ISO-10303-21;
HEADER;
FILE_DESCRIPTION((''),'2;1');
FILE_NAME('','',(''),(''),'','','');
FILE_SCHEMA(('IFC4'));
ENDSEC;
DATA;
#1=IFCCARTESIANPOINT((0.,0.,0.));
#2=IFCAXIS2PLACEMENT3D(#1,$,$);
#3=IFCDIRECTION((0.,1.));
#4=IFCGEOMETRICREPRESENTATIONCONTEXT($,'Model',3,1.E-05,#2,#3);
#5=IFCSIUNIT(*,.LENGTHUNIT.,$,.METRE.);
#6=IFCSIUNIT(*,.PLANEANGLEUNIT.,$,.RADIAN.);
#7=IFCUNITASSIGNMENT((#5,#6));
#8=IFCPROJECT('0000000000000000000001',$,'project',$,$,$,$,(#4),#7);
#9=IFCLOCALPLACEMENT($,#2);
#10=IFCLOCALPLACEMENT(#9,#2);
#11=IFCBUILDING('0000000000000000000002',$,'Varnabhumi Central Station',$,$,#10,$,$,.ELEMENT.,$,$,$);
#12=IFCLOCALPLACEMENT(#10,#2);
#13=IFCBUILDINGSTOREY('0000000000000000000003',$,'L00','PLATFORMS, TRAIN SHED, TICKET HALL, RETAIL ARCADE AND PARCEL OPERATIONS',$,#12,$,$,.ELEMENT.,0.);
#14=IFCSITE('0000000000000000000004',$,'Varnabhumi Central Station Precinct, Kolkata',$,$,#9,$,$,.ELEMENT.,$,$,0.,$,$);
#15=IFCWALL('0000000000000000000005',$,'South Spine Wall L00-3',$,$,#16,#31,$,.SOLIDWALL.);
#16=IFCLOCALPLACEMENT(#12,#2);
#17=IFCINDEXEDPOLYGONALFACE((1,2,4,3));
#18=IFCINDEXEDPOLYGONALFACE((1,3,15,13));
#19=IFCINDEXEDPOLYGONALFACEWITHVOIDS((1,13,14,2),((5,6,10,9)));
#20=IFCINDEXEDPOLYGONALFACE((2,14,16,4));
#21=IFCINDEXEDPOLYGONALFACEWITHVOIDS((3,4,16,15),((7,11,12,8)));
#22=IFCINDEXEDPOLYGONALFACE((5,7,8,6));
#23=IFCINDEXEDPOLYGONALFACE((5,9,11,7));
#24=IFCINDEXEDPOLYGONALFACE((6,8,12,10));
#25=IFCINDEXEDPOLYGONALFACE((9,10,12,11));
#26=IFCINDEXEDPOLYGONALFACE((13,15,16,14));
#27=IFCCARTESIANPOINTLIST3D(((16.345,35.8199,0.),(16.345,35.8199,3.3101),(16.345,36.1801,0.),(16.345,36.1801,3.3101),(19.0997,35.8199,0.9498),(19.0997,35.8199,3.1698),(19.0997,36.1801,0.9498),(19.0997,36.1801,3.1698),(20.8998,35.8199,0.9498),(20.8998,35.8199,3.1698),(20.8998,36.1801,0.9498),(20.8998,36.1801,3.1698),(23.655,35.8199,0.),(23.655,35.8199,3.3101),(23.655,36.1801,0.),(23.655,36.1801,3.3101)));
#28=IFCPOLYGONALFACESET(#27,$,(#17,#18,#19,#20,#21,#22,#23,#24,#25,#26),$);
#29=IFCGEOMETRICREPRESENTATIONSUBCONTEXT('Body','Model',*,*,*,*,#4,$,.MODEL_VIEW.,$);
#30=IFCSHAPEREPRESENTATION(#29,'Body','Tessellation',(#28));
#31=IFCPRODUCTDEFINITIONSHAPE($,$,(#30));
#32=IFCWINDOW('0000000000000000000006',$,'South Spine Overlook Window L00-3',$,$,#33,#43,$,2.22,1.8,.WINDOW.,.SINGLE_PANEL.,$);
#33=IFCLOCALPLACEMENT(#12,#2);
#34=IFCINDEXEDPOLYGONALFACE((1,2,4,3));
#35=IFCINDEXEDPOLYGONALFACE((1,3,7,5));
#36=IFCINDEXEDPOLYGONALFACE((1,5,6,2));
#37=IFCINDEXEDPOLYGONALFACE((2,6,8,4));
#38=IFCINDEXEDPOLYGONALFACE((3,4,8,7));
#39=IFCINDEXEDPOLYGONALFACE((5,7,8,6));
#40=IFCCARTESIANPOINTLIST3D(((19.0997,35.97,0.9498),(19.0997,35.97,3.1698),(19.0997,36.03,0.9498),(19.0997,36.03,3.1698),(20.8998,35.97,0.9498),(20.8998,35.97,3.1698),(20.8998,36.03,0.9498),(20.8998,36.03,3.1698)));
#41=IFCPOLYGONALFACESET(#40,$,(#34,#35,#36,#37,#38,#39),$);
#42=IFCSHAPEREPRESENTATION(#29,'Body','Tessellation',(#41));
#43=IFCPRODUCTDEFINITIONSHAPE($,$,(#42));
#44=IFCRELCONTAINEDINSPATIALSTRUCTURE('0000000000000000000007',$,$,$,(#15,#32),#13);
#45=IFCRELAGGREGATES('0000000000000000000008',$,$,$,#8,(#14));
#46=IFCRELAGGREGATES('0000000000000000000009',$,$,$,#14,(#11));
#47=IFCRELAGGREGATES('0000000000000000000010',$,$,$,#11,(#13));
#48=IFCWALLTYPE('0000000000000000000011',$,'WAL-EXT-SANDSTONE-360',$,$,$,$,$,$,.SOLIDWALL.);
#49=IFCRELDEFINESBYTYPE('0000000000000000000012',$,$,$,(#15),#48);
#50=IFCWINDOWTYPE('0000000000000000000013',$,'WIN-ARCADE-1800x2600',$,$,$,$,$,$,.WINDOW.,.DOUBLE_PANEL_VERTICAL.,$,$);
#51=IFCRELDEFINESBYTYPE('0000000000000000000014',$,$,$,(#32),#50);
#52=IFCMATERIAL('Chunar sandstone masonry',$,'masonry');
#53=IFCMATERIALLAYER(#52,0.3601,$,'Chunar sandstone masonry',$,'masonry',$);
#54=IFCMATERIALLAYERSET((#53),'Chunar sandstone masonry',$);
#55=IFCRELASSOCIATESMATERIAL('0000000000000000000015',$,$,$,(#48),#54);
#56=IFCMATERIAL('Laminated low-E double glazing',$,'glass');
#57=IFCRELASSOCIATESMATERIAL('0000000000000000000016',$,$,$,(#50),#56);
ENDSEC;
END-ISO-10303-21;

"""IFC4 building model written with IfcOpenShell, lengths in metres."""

from ifc_helpers import new_model, si_unit, direction, frame, frame_2d, origin, place, context, subcontext, project, spatial, rectangle, extrude, material, layer, layer_set, type_object, element, fill, save


model = new_model("IFC4")

# Units and contexts
model_context = context("Model", 3, precision=1e-05, world=origin(), true_north=direction((0.0, 1.0)))
body_context = subcontext(model_context, "Body", "Model", "MODEL_VIEW")
ifc_project = project(units=[si_unit("LENGTHUNIT", "METRE"), si_unit("PLANEANGLEUNIT", "RADIAN")], contexts=[model_context])

# Site, building, storey
site_placement = place(None, origin())
site = spatial("IfcSite", under=ifc_project, at=site_placement, Name="Varnabhumi Central Station Precinct, Kolkata", CompositionType="ELEMENT", RefElevation=0.0)
building_placement = place(site_placement, origin())
building = spatial("IfcBuilding", under=site, at=building_placement, Name="Varnabhumi Central Station", CompositionType="ELEMENT")
storey_placement = place(building_placement, origin())
storey = spatial("IfcBuildingStorey", under=building, at=storey_placement, Name="L00", Description="PLATFORMS, TRAIN SHED, TICKET HALL, RETAIL ARCADE AND PARCEL OPERATIONS", CompositionType="ELEMENT", Elevation=0.0)

# Shared definitions
ifc_material_1 = material(Name="Laminated low-E double glazing", Category="glass")

# Wall, opening, window
ifc_material_2 = material(Name="Chunar sandstone masonry", Category="masonry")
ifc_layer_1 = layer(ifc_material_2, 0.3601, Name="Chunar sandstone masonry", Category="masonry")
ifc_layer_set_1 = layer_set([ifc_layer_1], Name="Chunar sandstone masonry")
wall_type = type_object("IfcWallType", Name="WAL-EXT-SANDSTONE-360", PredefinedType="SOLIDWALL", material=ifc_layer_set_1)
wall_placement = place(storey_placement, frame((16.345, 36.0, 0.0), z_axis=(0.0, 0.0, 1.0), x_axis=(1.0, 0.0, 0.0)))
wall = element("IfcWall", 1, at=wall_placement, inside=storey, type_object=wall_type, Name="South Spine Wall L00-3", PredefinedType="SOLIDWALL", context=body_context, shape_type="SweptSolid", body=[
    extrude(rectangle(XDim=7.3101, YDim=0.3601, at=frame_2d((3.655, 0.0))), origin(), (0.0, 0.0, 1.0), 3.3101),
])
opening_placement = place(wall_placement, frame((2.7549, 0.0, 0.95)))
opening = element("IfcOpeningElement", 2, at=opening_placement, cuts=wall, PredefinedType="OPENING", context=body_context, shape_type="SweptSolid", body=[
    extrude(rectangle(XDim=1.8, YDim=2.22, at=frame_2d((0.8999, 1.1099))), frame((0.0, 0.1899, 0.0), z_axis=(0.0, -1.0, 0.0), x_axis=(1.0, 0.0, 0.0)), (0.0, 0.0, 1.0), 0.3801),
])
window_type = type_object("IfcWindowType", Name="WIN-ARCADE-1800x2600", PartitioningType="DOUBLE_PANEL_VERTICAL", PredefinedType="WINDOW", material=ifc_material_1)
window_placement = place(opening_placement, origin())
window = element("IfcWindow", 3, at=window_placement, inside=storey, type_object=window_type, Name="South Spine Overlook Window L00-3", OverallHeight=2.22, OverallWidth=1.8, PartitioningType="SINGLE_PANEL", PredefinedType="WINDOW", context=body_context, shape_type="SweptSolid", body=[
    extrude(rectangle(XDim=1.8, YDim=2.22, at=frame_2d((0.8999, 1.1099))), frame((0.0, 0.03, 0.0), z_axis=(0.0, -1.0, 0.0), x_axis=(1.0, 0.0, 0.0)), (0.0, 0.0, 1.0), 0.0601),
])
fill(opening, window)

save(model, "model.ifc")
